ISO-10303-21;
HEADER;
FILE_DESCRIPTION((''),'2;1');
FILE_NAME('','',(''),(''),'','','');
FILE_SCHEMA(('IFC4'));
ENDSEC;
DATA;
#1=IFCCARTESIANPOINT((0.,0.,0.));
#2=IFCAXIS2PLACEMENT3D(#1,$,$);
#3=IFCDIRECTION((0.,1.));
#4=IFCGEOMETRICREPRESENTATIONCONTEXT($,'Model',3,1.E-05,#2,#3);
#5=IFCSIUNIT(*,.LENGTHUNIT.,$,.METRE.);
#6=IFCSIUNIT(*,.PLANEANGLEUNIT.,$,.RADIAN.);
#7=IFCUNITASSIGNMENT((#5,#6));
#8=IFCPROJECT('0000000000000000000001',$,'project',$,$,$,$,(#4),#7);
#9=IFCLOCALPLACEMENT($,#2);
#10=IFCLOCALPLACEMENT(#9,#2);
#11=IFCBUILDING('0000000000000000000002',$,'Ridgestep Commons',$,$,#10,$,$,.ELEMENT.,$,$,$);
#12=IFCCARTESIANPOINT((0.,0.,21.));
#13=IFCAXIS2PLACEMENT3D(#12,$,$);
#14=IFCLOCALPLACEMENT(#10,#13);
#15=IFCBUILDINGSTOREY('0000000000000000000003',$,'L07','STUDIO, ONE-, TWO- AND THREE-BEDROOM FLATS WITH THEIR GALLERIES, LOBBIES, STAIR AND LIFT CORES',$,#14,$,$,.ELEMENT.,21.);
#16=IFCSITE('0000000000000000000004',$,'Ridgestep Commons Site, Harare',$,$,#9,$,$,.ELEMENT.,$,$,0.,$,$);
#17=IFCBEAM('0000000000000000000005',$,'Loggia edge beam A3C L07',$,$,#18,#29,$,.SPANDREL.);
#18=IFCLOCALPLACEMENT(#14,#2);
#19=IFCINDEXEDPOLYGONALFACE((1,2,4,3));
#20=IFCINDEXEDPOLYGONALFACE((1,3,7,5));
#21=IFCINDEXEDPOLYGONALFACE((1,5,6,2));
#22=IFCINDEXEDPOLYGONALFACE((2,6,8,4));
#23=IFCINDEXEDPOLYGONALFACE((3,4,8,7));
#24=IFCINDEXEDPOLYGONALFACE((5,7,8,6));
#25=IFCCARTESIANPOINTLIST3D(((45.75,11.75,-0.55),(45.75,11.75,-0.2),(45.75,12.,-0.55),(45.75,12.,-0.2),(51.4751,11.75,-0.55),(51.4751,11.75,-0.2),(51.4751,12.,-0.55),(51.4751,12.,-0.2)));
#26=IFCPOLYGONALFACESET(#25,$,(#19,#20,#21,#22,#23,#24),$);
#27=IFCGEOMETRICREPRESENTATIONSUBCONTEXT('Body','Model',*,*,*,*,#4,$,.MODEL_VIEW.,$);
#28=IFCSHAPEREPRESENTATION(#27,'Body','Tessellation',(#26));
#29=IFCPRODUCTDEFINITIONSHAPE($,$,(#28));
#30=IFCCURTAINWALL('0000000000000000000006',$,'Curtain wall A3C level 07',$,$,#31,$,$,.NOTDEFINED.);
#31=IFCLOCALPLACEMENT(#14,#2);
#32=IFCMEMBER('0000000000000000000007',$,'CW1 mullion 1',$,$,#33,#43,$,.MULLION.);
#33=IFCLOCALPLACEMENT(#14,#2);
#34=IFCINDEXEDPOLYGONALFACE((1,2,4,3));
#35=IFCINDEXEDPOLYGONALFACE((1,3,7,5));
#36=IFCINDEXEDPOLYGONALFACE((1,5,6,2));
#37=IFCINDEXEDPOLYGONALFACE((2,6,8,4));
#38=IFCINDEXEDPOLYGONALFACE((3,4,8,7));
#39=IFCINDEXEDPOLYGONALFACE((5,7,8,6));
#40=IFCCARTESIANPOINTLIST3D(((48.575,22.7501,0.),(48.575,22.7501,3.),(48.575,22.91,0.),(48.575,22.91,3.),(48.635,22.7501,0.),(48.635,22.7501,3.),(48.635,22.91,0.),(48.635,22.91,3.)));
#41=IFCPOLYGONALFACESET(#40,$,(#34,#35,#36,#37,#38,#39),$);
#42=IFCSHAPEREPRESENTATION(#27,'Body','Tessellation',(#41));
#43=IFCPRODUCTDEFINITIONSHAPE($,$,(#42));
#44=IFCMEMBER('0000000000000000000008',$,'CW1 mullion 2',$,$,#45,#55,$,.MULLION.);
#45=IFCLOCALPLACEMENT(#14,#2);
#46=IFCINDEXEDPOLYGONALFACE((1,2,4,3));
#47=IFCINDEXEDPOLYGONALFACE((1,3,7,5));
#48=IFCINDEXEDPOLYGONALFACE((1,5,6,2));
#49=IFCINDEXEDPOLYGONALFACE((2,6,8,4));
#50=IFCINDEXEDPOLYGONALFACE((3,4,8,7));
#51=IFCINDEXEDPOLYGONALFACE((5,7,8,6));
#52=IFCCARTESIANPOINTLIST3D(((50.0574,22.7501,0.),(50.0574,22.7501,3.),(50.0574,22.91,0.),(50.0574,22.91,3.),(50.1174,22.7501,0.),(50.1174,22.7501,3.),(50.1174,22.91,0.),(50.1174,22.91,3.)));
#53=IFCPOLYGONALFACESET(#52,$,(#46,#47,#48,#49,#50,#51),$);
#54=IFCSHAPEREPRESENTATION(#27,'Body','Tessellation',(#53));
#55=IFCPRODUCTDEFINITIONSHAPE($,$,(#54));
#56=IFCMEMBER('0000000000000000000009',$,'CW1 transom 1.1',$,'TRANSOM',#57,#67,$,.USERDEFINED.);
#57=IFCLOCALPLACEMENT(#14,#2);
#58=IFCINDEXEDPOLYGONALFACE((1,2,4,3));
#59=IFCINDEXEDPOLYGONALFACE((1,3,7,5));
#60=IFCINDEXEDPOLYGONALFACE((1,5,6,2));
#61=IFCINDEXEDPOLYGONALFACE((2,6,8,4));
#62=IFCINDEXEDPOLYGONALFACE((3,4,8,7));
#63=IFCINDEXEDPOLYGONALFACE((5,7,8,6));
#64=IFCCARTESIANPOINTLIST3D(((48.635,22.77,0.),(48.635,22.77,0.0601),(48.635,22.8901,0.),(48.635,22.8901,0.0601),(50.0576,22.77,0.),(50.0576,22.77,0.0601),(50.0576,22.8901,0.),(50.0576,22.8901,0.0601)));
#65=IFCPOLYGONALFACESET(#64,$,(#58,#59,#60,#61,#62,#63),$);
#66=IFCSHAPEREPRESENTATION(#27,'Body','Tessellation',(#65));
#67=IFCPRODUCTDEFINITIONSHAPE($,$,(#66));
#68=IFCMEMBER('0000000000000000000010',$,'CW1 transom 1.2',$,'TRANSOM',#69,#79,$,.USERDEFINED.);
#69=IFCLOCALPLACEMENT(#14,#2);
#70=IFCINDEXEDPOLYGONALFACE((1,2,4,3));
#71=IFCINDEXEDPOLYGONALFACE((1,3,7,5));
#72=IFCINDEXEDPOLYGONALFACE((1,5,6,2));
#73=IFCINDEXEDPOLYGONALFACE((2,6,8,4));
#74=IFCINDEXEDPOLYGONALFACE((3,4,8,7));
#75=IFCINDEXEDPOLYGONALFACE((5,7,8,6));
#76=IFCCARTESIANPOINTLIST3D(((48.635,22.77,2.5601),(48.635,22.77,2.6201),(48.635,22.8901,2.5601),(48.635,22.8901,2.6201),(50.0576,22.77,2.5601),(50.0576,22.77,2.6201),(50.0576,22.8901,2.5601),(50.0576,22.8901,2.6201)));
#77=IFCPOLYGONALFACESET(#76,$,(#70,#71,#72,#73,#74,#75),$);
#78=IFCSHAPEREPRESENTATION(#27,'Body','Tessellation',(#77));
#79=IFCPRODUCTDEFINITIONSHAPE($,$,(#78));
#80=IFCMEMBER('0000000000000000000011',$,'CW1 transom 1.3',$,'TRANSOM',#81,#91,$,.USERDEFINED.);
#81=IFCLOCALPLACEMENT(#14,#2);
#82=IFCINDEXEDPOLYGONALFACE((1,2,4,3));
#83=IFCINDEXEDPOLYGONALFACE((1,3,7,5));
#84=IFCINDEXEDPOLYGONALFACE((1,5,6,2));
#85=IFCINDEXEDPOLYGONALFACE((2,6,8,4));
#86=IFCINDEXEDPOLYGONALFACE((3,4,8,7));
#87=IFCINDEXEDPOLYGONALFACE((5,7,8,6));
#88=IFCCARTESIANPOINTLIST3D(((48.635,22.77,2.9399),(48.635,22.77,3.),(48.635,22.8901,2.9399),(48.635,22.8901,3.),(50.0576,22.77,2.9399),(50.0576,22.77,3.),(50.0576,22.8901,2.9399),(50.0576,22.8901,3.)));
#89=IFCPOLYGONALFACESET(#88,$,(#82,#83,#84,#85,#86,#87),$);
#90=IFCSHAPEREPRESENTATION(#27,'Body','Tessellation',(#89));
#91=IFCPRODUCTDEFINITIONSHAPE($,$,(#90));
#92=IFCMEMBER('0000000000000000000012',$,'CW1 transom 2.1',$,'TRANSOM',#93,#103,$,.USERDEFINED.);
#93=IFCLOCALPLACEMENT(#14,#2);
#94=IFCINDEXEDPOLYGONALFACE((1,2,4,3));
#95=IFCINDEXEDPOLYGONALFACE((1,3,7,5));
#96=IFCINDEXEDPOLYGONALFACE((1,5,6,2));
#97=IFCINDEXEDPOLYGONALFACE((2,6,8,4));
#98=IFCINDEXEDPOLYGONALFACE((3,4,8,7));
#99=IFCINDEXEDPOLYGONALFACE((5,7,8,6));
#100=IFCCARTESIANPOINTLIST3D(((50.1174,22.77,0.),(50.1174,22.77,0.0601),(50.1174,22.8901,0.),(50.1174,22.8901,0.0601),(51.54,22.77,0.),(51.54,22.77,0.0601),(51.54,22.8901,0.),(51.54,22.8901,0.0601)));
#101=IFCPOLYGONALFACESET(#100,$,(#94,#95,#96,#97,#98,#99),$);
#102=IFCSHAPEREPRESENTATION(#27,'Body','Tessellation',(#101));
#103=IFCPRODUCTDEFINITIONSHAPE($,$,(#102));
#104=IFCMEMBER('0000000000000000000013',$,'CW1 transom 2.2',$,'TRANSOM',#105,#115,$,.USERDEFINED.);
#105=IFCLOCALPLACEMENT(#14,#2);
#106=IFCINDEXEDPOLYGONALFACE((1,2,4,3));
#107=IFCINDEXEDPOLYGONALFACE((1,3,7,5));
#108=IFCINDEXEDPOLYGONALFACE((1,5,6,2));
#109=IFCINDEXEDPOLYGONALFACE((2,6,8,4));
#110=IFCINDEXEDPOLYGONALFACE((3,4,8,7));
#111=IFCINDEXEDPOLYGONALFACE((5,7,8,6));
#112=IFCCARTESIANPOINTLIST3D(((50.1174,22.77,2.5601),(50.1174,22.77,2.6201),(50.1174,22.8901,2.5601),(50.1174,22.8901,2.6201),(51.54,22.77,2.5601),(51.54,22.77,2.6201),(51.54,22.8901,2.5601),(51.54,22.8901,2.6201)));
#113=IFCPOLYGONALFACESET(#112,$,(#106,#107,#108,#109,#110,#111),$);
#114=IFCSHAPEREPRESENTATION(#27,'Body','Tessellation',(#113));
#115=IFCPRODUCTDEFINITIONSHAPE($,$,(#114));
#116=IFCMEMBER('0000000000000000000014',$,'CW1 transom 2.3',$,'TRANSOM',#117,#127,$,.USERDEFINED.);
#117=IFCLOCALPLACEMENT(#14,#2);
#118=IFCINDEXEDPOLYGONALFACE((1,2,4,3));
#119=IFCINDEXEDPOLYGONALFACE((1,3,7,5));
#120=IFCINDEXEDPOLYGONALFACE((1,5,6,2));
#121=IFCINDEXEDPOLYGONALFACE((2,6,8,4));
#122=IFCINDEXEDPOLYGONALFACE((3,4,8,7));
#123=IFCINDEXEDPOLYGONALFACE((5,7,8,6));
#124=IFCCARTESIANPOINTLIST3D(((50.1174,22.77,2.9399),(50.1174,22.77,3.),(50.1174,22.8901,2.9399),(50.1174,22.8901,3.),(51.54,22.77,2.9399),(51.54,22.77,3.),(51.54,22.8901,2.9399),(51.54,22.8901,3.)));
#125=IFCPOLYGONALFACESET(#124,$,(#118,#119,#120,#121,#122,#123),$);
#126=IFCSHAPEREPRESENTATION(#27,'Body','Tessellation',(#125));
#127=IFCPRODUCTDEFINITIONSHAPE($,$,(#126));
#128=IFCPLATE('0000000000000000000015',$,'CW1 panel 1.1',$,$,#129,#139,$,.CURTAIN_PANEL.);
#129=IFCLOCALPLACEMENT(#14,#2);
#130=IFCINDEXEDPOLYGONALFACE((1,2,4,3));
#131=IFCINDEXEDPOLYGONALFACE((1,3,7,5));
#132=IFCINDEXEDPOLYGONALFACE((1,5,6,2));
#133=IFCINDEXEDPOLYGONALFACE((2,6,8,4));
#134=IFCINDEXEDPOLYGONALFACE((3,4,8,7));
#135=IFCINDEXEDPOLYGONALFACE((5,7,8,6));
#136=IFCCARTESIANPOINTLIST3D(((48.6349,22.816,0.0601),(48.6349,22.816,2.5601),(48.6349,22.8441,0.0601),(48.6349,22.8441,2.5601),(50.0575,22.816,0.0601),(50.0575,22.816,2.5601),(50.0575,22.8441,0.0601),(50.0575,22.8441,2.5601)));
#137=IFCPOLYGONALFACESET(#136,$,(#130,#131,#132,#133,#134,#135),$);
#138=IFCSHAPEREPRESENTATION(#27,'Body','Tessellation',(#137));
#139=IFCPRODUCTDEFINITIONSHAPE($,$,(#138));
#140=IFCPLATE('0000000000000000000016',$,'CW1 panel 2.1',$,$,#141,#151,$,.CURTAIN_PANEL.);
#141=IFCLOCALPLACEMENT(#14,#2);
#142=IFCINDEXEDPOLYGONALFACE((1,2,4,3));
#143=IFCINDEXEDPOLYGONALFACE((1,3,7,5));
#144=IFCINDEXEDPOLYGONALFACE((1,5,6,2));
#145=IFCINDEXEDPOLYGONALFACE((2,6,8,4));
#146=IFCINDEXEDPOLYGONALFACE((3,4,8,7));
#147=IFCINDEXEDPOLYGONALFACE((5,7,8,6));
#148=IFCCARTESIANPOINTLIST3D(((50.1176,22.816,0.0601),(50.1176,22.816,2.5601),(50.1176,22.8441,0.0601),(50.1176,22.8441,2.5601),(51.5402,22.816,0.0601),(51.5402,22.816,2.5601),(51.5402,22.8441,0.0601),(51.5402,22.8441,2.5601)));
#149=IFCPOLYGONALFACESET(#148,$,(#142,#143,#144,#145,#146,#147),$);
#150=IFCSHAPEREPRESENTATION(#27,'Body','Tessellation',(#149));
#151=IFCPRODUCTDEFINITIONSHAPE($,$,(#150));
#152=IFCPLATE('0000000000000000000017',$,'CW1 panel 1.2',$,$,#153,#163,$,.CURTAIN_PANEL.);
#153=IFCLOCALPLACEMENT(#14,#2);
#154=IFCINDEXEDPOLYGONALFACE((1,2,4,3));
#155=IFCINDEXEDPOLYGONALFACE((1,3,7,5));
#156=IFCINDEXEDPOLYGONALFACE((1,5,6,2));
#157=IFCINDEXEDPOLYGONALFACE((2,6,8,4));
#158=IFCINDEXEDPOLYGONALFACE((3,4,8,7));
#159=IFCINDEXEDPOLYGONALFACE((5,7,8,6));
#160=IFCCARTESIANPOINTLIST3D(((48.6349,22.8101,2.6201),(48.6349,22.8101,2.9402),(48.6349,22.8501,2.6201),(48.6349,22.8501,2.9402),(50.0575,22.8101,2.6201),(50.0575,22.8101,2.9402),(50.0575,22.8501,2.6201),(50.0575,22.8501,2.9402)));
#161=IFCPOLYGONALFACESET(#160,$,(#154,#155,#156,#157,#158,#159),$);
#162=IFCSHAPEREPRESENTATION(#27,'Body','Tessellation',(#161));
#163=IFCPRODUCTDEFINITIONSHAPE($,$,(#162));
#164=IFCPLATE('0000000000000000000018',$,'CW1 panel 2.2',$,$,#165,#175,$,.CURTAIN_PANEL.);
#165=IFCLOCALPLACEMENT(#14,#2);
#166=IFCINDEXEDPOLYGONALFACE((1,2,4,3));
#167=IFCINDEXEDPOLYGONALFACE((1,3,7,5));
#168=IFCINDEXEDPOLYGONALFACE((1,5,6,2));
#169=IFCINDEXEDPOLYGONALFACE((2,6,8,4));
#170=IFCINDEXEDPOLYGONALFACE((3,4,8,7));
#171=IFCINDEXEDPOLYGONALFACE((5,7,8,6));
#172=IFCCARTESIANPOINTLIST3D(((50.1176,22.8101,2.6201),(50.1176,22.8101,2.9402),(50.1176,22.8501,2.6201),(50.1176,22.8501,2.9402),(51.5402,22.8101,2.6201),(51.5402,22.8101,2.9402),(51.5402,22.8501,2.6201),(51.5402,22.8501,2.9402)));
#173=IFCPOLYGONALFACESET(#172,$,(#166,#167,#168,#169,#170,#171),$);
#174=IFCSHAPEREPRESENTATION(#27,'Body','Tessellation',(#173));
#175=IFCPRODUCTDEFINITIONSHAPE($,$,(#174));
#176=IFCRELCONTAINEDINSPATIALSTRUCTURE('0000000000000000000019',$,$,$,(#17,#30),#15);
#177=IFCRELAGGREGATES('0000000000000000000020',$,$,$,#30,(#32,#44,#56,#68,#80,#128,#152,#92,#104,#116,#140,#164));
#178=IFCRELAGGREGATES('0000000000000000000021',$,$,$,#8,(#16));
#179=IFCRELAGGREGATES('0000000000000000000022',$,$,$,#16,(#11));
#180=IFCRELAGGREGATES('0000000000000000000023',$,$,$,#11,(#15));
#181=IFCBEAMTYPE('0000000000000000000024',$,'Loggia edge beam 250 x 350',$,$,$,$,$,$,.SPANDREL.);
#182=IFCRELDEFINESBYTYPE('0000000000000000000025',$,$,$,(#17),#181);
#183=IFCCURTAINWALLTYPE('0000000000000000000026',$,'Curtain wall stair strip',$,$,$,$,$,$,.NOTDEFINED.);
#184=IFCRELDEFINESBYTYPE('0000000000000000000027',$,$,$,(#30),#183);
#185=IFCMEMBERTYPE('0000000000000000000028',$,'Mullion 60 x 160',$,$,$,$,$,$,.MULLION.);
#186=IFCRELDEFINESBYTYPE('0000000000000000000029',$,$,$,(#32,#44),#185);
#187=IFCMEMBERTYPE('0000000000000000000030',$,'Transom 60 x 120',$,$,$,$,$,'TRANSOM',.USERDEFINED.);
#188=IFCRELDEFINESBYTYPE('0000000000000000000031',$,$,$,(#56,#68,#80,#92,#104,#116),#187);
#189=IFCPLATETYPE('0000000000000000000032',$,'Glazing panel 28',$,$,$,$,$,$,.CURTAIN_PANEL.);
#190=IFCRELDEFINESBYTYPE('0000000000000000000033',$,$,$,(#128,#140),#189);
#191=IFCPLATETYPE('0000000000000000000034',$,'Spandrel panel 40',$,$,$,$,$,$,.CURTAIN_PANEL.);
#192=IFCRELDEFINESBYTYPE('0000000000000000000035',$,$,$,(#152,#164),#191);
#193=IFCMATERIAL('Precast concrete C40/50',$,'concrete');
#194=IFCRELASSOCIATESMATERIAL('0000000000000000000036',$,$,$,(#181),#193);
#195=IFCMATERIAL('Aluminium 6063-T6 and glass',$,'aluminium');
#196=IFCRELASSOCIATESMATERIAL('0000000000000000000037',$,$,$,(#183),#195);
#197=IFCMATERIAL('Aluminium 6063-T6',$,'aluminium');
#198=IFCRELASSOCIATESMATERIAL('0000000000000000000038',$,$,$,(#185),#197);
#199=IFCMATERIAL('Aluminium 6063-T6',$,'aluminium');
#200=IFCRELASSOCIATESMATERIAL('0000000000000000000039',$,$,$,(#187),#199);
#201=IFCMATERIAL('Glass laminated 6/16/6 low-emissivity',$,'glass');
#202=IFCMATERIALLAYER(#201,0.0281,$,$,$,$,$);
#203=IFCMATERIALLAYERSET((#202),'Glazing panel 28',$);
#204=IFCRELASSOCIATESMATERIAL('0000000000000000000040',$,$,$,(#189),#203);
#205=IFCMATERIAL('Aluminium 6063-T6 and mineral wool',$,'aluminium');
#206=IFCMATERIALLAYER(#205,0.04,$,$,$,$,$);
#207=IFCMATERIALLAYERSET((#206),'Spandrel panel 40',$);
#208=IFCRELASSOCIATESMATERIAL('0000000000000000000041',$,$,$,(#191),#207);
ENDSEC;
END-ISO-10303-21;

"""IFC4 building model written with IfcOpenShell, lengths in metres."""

from ifc_helpers import new_model, si_unit, direction, frame, origin, origin_2d, place, context, subcontext, project, spatial, rectangle, extrude, material, layer, layer_set, material_profile, profile_set, type_object, element, aggregate, save


model = new_model("IFC4")

# Units and contexts
model_context = context("Model", 3, precision=1e-05, world=origin(), true_north=direction((0.0, 1.0)))
body_context = subcontext(model_context, "Body", "Model", "MODEL_VIEW")
ifc_project = project(units=[si_unit("LENGTHUNIT", "METRE"), si_unit("PLANEANGLEUNIT", "RADIAN")], contexts=[model_context])

# Site, building, storey
site_placement = place(None, origin())
site = spatial("IfcSite", under=ifc_project, at=site_placement, Name="Ridgestep Commons Site, Harare", CompositionType="ELEMENT", RefElevation=0.0)
building_placement = place(site_placement, origin())
building = spatial("IfcBuilding", under=site, at=building_placement, Name="Ridgestep Commons", CompositionType="ELEMENT")
storey_placement = place(building_placement, frame((0.0, 0.0, 21.0)))
storey = spatial("IfcBuildingStorey", under=building, at=storey_placement, Name="L07", Description="STUDIO, ONE-, TWO- AND THREE-BEDROOM FLATS WITH THEIR GALLERIES, LOBBIES, STAIR AND LIFT CORES", CompositionType="ELEMENT", Elevation=21.0)

# Beam
ifc_material_1 = material(Name="Precast concrete C40/50", Category="concrete")
ifc_material_profile_1 = material_profile(ifc_material_1, rectangle(XDim=0.25, YDim=0.3501, at=origin_2d()), Name="PC 250x350")
ifc_profile_set_1 = profile_set([ifc_material_profile_1], Name="Precast concrete C40/50")
beam_type = type_object("IfcBeamType", Name="Loggia edge beam 250 x 350", PredefinedType="SPANDREL", material=ifc_profile_set_1)
beam_placement = place(storey_placement, frame((45.75, 11.875, -0.375), z_axis=(1.0, 0.0, 0.0), x_axis=(0.0, 1.0, 0.0)))
element("IfcBeam", 1, at=beam_placement, inside=storey, type_object=beam_type, Name="Loggia edge beam A3C L07", PredefinedType="SPANDREL", context=body_context, shape_type="SweptSolid", body=[
    extrude(rectangle(XDim=0.25, YDim=0.3501, at=origin_2d()), origin(), (0.0, 0.0, 1.0), 5.7251),
])

# Curtain wall, members, plates
ifc_material_2 = material(Name="Aluminium 6063-T6 and glass", Category="aluminium")
curtain_wall_type = type_object("IfcCurtainWallType", Name="Curtain wall stair strip", PredefinedType="NOTDEFINED", material=ifc_material_2)
curtain_wall_placement = place(storey_placement, origin())
curtain_wall = element("IfcCurtainWall", 2, at=curtain_wall_placement, inside=storey, type_object=curtain_wall_type, Name="Curtain wall A3C level 07", PredefinedType="NOTDEFINED")
ifc_material_3 = material(Name="Aluminium 6063-T6", Category="aluminium")
ifc_material_profile_2 = material_profile(ifc_material_3, rectangle(XDim=0.1599, YDim=0.0601, at=origin_2d()), Name="Mullion 60 x 160")
ifc_profile_set_2 = profile_set([ifc_material_profile_2], Name="Aluminium 6063-T6")
member_type_1 = type_object("IfcMemberType", Name="Mullion 60 x 160", PredefinedType="MULLION", material=ifc_profile_set_2)
member_1_placement = place(storey_placement, frame((48.605, 22.8301, 0.0), z_axis=(0.0, 0.0, 1.0), x_axis=(0.0, 1.0, 0.0)))
member_1 = element("IfcMember", 3, at=member_1_placement, type_object=member_type_1, Name="CW1 mullion 1", PredefinedType="MULLION", context=body_context, shape_type="SweptSolid", body=[
    extrude(rectangle(XDim=0.1599, YDim=0.0601, at=origin_2d()), origin(), (0.0, 0.0, 1.0), 3.0),
])
member_2_placement = place(storey_placement, frame((50.0874, 22.8301, 0.0), z_axis=(0.0, 0.0, 1.0), x_axis=(0.0, 1.0, 0.0)))
member_2 = element("IfcMember", 4, at=member_2_placement, type_object=member_type_1, Name="CW1 mullion 2", PredefinedType="MULLION", context=body_context, shape_type="SweptSolid", body=[
    extrude(rectangle(XDim=0.1599, YDim=0.0601, at=origin_2d()), origin(), (0.0, 0.0, 1.0), 3.0),
])
ifc_material_4 = material(Name="Aluminium 6063-T6", Category="aluminium")
ifc_material_profile_3 = material_profile(ifc_material_4, rectangle(XDim=0.1201, YDim=0.0601, at=origin_2d()), Name="Transom 60 x 120")
ifc_profile_set_3 = profile_set([ifc_material_profile_3], Name="Aluminium 6063-T6")
member_type_2 = type_object("IfcMemberType", Name="Transom 60 x 120", ElementType="TRANSOM", PredefinedType="USERDEFINED", material=ifc_profile_set_3)
member_3_placement = place(storey_placement, frame((48.635, 22.8301, 0.03), z_axis=(1.0, 0.0, 0.0), x_axis=(0.0, 1.0, 0.0)))
member_3 = element("IfcMember", 5, at=member_3_placement, type_object=member_type_2, Name="CW1 transom 1.1", ObjectType="TRANSOM", PredefinedType="USERDEFINED", context=body_context, shape_type="SweptSolid", body=[
    extrude(rectangle(XDim=0.1201, YDim=0.0601, at=origin_2d()), origin(), (0.0, 0.0, 1.0), 1.4226),
])
member_4_placement = place(storey_placement, frame((48.635, 22.8301, 2.5901), z_axis=(1.0, 0.0, 0.0), x_axis=(0.0, 1.0, 0.0)))
member_4 = element("IfcMember", 6, at=member_4_placement, type_object=member_type_2, Name="CW1 transom 1.2", ObjectType="TRANSOM", PredefinedType="USERDEFINED", context=body_context, shape_type="SweptSolid", body=[
    extrude(rectangle(XDim=0.1201, YDim=0.0601, at=origin_2d()), origin(), (0.0, 0.0, 1.0), 1.4226),
])
member_5_placement = place(storey_placement, frame((48.635, 22.8301, 2.97), z_axis=(1.0, 0.0, 0.0), x_axis=(0.0, 1.0, 0.0)))
member_5 = element("IfcMember", 7, at=member_5_placement, type_object=member_type_2, Name="CW1 transom 1.3", ObjectType="TRANSOM", PredefinedType="USERDEFINED", context=body_context, shape_type="SweptSolid", body=[
    extrude(rectangle(XDim=0.1201, YDim=0.0601, at=origin_2d()), origin(), (0.0, 0.0, 1.0), 1.4226),
])
member_6_placement = place(storey_placement, frame((50.1174, 22.8301, 0.03), z_axis=(1.0, 0.0, 0.0), x_axis=(0.0, 1.0, 0.0)))
member_6 = element("IfcMember", 8, at=member_6_placement, type_object=member_type_2, Name="CW1 transom 2.1", ObjectType="TRANSOM", PredefinedType="USERDEFINED", context=body_context, shape_type="SweptSolid", body=[
    extrude(rectangle(XDim=0.1201, YDim=0.0601, at=origin_2d()), origin(), (0.0, 0.0, 1.0), 1.4226),
])
member_7_placement = place(storey_placement, frame((50.1174, 22.8301, 2.5901), z_axis=(1.0, 0.0, 0.0), x_axis=(0.0, 1.0, 0.0)))
member_7 = element("IfcMember", 9, at=member_7_placement, type_object=member_type_2, Name="CW1 transom 2.2", ObjectType="TRANSOM", PredefinedType="USERDEFINED", context=body_context, shape_type="SweptSolid", body=[
    extrude(rectangle(XDim=0.1201, YDim=0.0601, at=origin_2d()), origin(), (0.0, 0.0, 1.0), 1.4226),
])
member_8_placement = place(storey_placement, frame((50.1174, 22.8301, 2.97), z_axis=(1.0, 0.0, 0.0), x_axis=(0.0, 1.0, 0.0)))
member_8 = element("IfcMember", 10, at=member_8_placement, type_object=member_type_2, Name="CW1 transom 2.3", ObjectType="TRANSOM", PredefinedType="USERDEFINED", context=body_context, shape_type="SweptSolid", body=[
    extrude(rectangle(XDim=0.1201, YDim=0.0601, at=origin_2d()), origin(), (0.0, 0.0, 1.0), 1.4226),
])
ifc_material_5 = material(Name="Glass laminated 6/16/6 low-emissivity", Category="glass")
ifc_layer_1 = layer(ifc_material_5, 0.0281)
ifc_layer_set_1 = layer_set([ifc_layer_1], Name="Glazing panel 28")
plate_type_1 = type_object("IfcPlateType", Name="Glazing panel 28", PredefinedType="CURTAIN_PANEL", material=ifc_layer_set_1)
plate_1_placement = place(storey_placement, frame((49.3462, 22.8301, 0.0601), z_axis=(0.0, 0.0, 1.0), x_axis=(1.0, 0.0, 0.0)))
plate_1 = element("IfcPlate", 11, at=plate_1_placement, type_object=plate_type_1, Name="CW1 panel 1.1", PredefinedType="CURTAIN_PANEL", context=body_context, shape_type="SweptSolid", body=[
    extrude(rectangle(XDim=1.4226, YDim=0.0281, at=origin_2d()), origin(), (0.0, 0.0, 1.0), 2.5),
])
plate_2_placement = place(storey_placement, frame((50.8289, 22.8301, 0.0601), z_axis=(0.0, 0.0, 1.0), x_axis=(1.0, 0.0, 0.0)))
plate_2 = element("IfcPlate", 12, at=plate_2_placement, type_object=plate_type_1, Name="CW1 panel 2.1", PredefinedType="CURTAIN_PANEL", context=body_context, shape_type="SweptSolid", body=[
    extrude(rectangle(XDim=1.4226, YDim=0.0281, at=origin_2d()), origin(), (0.0, 0.0, 1.0), 2.5),
])
ifc_material_6 = material(Name="Aluminium 6063-T6 and mineral wool", Category="aluminium")
ifc_layer_2 = layer(ifc_material_6, 0.04)
ifc_layer_set_2 = layer_set([ifc_layer_2], Name="Spandrel panel 40")
plate_type_2 = type_object("IfcPlateType", Name="Spandrel panel 40", PredefinedType="CURTAIN_PANEL", material=ifc_layer_set_2)
plate_3_placement = place(storey_placement, frame((49.3462, 22.8301, 2.6201), z_axis=(0.0, 0.0, 1.0), x_axis=(1.0, 0.0, 0.0)))
plate_3 = element("IfcPlate", 13, at=plate_3_placement, type_object=plate_type_2, Name="CW1 panel 1.2", PredefinedType="CURTAIN_PANEL", context=body_context, shape_type="SweptSolid", body=[
    extrude(rectangle(XDim=1.4226, YDim=0.04, at=origin_2d()), origin(), (0.0, 0.0, 1.0), 0.3201),
])
plate_4_placement = place(storey_placement, frame((50.8289, 22.8301, 2.6201), z_axis=(0.0, 0.0, 1.0), x_axis=(1.0, 0.0, 0.0)))
plate_4 = element("IfcPlate", 14, at=plate_4_placement, type_object=plate_type_2, Name="CW1 panel 2.2", PredefinedType="CURTAIN_PANEL", context=body_context, shape_type="SweptSolid", body=[
    extrude(rectangle(XDim=1.4226, YDim=0.04, at=origin_2d()), origin(), (0.0, 0.0, 1.0), 0.3201),
])
aggregate(curtain_wall, [member_1, member_2, member_3, member_4, member_5, plate_1, plate_3, member_6, member_7, member_8, plate_2, plate_4])

save(model, "model.ifc")
